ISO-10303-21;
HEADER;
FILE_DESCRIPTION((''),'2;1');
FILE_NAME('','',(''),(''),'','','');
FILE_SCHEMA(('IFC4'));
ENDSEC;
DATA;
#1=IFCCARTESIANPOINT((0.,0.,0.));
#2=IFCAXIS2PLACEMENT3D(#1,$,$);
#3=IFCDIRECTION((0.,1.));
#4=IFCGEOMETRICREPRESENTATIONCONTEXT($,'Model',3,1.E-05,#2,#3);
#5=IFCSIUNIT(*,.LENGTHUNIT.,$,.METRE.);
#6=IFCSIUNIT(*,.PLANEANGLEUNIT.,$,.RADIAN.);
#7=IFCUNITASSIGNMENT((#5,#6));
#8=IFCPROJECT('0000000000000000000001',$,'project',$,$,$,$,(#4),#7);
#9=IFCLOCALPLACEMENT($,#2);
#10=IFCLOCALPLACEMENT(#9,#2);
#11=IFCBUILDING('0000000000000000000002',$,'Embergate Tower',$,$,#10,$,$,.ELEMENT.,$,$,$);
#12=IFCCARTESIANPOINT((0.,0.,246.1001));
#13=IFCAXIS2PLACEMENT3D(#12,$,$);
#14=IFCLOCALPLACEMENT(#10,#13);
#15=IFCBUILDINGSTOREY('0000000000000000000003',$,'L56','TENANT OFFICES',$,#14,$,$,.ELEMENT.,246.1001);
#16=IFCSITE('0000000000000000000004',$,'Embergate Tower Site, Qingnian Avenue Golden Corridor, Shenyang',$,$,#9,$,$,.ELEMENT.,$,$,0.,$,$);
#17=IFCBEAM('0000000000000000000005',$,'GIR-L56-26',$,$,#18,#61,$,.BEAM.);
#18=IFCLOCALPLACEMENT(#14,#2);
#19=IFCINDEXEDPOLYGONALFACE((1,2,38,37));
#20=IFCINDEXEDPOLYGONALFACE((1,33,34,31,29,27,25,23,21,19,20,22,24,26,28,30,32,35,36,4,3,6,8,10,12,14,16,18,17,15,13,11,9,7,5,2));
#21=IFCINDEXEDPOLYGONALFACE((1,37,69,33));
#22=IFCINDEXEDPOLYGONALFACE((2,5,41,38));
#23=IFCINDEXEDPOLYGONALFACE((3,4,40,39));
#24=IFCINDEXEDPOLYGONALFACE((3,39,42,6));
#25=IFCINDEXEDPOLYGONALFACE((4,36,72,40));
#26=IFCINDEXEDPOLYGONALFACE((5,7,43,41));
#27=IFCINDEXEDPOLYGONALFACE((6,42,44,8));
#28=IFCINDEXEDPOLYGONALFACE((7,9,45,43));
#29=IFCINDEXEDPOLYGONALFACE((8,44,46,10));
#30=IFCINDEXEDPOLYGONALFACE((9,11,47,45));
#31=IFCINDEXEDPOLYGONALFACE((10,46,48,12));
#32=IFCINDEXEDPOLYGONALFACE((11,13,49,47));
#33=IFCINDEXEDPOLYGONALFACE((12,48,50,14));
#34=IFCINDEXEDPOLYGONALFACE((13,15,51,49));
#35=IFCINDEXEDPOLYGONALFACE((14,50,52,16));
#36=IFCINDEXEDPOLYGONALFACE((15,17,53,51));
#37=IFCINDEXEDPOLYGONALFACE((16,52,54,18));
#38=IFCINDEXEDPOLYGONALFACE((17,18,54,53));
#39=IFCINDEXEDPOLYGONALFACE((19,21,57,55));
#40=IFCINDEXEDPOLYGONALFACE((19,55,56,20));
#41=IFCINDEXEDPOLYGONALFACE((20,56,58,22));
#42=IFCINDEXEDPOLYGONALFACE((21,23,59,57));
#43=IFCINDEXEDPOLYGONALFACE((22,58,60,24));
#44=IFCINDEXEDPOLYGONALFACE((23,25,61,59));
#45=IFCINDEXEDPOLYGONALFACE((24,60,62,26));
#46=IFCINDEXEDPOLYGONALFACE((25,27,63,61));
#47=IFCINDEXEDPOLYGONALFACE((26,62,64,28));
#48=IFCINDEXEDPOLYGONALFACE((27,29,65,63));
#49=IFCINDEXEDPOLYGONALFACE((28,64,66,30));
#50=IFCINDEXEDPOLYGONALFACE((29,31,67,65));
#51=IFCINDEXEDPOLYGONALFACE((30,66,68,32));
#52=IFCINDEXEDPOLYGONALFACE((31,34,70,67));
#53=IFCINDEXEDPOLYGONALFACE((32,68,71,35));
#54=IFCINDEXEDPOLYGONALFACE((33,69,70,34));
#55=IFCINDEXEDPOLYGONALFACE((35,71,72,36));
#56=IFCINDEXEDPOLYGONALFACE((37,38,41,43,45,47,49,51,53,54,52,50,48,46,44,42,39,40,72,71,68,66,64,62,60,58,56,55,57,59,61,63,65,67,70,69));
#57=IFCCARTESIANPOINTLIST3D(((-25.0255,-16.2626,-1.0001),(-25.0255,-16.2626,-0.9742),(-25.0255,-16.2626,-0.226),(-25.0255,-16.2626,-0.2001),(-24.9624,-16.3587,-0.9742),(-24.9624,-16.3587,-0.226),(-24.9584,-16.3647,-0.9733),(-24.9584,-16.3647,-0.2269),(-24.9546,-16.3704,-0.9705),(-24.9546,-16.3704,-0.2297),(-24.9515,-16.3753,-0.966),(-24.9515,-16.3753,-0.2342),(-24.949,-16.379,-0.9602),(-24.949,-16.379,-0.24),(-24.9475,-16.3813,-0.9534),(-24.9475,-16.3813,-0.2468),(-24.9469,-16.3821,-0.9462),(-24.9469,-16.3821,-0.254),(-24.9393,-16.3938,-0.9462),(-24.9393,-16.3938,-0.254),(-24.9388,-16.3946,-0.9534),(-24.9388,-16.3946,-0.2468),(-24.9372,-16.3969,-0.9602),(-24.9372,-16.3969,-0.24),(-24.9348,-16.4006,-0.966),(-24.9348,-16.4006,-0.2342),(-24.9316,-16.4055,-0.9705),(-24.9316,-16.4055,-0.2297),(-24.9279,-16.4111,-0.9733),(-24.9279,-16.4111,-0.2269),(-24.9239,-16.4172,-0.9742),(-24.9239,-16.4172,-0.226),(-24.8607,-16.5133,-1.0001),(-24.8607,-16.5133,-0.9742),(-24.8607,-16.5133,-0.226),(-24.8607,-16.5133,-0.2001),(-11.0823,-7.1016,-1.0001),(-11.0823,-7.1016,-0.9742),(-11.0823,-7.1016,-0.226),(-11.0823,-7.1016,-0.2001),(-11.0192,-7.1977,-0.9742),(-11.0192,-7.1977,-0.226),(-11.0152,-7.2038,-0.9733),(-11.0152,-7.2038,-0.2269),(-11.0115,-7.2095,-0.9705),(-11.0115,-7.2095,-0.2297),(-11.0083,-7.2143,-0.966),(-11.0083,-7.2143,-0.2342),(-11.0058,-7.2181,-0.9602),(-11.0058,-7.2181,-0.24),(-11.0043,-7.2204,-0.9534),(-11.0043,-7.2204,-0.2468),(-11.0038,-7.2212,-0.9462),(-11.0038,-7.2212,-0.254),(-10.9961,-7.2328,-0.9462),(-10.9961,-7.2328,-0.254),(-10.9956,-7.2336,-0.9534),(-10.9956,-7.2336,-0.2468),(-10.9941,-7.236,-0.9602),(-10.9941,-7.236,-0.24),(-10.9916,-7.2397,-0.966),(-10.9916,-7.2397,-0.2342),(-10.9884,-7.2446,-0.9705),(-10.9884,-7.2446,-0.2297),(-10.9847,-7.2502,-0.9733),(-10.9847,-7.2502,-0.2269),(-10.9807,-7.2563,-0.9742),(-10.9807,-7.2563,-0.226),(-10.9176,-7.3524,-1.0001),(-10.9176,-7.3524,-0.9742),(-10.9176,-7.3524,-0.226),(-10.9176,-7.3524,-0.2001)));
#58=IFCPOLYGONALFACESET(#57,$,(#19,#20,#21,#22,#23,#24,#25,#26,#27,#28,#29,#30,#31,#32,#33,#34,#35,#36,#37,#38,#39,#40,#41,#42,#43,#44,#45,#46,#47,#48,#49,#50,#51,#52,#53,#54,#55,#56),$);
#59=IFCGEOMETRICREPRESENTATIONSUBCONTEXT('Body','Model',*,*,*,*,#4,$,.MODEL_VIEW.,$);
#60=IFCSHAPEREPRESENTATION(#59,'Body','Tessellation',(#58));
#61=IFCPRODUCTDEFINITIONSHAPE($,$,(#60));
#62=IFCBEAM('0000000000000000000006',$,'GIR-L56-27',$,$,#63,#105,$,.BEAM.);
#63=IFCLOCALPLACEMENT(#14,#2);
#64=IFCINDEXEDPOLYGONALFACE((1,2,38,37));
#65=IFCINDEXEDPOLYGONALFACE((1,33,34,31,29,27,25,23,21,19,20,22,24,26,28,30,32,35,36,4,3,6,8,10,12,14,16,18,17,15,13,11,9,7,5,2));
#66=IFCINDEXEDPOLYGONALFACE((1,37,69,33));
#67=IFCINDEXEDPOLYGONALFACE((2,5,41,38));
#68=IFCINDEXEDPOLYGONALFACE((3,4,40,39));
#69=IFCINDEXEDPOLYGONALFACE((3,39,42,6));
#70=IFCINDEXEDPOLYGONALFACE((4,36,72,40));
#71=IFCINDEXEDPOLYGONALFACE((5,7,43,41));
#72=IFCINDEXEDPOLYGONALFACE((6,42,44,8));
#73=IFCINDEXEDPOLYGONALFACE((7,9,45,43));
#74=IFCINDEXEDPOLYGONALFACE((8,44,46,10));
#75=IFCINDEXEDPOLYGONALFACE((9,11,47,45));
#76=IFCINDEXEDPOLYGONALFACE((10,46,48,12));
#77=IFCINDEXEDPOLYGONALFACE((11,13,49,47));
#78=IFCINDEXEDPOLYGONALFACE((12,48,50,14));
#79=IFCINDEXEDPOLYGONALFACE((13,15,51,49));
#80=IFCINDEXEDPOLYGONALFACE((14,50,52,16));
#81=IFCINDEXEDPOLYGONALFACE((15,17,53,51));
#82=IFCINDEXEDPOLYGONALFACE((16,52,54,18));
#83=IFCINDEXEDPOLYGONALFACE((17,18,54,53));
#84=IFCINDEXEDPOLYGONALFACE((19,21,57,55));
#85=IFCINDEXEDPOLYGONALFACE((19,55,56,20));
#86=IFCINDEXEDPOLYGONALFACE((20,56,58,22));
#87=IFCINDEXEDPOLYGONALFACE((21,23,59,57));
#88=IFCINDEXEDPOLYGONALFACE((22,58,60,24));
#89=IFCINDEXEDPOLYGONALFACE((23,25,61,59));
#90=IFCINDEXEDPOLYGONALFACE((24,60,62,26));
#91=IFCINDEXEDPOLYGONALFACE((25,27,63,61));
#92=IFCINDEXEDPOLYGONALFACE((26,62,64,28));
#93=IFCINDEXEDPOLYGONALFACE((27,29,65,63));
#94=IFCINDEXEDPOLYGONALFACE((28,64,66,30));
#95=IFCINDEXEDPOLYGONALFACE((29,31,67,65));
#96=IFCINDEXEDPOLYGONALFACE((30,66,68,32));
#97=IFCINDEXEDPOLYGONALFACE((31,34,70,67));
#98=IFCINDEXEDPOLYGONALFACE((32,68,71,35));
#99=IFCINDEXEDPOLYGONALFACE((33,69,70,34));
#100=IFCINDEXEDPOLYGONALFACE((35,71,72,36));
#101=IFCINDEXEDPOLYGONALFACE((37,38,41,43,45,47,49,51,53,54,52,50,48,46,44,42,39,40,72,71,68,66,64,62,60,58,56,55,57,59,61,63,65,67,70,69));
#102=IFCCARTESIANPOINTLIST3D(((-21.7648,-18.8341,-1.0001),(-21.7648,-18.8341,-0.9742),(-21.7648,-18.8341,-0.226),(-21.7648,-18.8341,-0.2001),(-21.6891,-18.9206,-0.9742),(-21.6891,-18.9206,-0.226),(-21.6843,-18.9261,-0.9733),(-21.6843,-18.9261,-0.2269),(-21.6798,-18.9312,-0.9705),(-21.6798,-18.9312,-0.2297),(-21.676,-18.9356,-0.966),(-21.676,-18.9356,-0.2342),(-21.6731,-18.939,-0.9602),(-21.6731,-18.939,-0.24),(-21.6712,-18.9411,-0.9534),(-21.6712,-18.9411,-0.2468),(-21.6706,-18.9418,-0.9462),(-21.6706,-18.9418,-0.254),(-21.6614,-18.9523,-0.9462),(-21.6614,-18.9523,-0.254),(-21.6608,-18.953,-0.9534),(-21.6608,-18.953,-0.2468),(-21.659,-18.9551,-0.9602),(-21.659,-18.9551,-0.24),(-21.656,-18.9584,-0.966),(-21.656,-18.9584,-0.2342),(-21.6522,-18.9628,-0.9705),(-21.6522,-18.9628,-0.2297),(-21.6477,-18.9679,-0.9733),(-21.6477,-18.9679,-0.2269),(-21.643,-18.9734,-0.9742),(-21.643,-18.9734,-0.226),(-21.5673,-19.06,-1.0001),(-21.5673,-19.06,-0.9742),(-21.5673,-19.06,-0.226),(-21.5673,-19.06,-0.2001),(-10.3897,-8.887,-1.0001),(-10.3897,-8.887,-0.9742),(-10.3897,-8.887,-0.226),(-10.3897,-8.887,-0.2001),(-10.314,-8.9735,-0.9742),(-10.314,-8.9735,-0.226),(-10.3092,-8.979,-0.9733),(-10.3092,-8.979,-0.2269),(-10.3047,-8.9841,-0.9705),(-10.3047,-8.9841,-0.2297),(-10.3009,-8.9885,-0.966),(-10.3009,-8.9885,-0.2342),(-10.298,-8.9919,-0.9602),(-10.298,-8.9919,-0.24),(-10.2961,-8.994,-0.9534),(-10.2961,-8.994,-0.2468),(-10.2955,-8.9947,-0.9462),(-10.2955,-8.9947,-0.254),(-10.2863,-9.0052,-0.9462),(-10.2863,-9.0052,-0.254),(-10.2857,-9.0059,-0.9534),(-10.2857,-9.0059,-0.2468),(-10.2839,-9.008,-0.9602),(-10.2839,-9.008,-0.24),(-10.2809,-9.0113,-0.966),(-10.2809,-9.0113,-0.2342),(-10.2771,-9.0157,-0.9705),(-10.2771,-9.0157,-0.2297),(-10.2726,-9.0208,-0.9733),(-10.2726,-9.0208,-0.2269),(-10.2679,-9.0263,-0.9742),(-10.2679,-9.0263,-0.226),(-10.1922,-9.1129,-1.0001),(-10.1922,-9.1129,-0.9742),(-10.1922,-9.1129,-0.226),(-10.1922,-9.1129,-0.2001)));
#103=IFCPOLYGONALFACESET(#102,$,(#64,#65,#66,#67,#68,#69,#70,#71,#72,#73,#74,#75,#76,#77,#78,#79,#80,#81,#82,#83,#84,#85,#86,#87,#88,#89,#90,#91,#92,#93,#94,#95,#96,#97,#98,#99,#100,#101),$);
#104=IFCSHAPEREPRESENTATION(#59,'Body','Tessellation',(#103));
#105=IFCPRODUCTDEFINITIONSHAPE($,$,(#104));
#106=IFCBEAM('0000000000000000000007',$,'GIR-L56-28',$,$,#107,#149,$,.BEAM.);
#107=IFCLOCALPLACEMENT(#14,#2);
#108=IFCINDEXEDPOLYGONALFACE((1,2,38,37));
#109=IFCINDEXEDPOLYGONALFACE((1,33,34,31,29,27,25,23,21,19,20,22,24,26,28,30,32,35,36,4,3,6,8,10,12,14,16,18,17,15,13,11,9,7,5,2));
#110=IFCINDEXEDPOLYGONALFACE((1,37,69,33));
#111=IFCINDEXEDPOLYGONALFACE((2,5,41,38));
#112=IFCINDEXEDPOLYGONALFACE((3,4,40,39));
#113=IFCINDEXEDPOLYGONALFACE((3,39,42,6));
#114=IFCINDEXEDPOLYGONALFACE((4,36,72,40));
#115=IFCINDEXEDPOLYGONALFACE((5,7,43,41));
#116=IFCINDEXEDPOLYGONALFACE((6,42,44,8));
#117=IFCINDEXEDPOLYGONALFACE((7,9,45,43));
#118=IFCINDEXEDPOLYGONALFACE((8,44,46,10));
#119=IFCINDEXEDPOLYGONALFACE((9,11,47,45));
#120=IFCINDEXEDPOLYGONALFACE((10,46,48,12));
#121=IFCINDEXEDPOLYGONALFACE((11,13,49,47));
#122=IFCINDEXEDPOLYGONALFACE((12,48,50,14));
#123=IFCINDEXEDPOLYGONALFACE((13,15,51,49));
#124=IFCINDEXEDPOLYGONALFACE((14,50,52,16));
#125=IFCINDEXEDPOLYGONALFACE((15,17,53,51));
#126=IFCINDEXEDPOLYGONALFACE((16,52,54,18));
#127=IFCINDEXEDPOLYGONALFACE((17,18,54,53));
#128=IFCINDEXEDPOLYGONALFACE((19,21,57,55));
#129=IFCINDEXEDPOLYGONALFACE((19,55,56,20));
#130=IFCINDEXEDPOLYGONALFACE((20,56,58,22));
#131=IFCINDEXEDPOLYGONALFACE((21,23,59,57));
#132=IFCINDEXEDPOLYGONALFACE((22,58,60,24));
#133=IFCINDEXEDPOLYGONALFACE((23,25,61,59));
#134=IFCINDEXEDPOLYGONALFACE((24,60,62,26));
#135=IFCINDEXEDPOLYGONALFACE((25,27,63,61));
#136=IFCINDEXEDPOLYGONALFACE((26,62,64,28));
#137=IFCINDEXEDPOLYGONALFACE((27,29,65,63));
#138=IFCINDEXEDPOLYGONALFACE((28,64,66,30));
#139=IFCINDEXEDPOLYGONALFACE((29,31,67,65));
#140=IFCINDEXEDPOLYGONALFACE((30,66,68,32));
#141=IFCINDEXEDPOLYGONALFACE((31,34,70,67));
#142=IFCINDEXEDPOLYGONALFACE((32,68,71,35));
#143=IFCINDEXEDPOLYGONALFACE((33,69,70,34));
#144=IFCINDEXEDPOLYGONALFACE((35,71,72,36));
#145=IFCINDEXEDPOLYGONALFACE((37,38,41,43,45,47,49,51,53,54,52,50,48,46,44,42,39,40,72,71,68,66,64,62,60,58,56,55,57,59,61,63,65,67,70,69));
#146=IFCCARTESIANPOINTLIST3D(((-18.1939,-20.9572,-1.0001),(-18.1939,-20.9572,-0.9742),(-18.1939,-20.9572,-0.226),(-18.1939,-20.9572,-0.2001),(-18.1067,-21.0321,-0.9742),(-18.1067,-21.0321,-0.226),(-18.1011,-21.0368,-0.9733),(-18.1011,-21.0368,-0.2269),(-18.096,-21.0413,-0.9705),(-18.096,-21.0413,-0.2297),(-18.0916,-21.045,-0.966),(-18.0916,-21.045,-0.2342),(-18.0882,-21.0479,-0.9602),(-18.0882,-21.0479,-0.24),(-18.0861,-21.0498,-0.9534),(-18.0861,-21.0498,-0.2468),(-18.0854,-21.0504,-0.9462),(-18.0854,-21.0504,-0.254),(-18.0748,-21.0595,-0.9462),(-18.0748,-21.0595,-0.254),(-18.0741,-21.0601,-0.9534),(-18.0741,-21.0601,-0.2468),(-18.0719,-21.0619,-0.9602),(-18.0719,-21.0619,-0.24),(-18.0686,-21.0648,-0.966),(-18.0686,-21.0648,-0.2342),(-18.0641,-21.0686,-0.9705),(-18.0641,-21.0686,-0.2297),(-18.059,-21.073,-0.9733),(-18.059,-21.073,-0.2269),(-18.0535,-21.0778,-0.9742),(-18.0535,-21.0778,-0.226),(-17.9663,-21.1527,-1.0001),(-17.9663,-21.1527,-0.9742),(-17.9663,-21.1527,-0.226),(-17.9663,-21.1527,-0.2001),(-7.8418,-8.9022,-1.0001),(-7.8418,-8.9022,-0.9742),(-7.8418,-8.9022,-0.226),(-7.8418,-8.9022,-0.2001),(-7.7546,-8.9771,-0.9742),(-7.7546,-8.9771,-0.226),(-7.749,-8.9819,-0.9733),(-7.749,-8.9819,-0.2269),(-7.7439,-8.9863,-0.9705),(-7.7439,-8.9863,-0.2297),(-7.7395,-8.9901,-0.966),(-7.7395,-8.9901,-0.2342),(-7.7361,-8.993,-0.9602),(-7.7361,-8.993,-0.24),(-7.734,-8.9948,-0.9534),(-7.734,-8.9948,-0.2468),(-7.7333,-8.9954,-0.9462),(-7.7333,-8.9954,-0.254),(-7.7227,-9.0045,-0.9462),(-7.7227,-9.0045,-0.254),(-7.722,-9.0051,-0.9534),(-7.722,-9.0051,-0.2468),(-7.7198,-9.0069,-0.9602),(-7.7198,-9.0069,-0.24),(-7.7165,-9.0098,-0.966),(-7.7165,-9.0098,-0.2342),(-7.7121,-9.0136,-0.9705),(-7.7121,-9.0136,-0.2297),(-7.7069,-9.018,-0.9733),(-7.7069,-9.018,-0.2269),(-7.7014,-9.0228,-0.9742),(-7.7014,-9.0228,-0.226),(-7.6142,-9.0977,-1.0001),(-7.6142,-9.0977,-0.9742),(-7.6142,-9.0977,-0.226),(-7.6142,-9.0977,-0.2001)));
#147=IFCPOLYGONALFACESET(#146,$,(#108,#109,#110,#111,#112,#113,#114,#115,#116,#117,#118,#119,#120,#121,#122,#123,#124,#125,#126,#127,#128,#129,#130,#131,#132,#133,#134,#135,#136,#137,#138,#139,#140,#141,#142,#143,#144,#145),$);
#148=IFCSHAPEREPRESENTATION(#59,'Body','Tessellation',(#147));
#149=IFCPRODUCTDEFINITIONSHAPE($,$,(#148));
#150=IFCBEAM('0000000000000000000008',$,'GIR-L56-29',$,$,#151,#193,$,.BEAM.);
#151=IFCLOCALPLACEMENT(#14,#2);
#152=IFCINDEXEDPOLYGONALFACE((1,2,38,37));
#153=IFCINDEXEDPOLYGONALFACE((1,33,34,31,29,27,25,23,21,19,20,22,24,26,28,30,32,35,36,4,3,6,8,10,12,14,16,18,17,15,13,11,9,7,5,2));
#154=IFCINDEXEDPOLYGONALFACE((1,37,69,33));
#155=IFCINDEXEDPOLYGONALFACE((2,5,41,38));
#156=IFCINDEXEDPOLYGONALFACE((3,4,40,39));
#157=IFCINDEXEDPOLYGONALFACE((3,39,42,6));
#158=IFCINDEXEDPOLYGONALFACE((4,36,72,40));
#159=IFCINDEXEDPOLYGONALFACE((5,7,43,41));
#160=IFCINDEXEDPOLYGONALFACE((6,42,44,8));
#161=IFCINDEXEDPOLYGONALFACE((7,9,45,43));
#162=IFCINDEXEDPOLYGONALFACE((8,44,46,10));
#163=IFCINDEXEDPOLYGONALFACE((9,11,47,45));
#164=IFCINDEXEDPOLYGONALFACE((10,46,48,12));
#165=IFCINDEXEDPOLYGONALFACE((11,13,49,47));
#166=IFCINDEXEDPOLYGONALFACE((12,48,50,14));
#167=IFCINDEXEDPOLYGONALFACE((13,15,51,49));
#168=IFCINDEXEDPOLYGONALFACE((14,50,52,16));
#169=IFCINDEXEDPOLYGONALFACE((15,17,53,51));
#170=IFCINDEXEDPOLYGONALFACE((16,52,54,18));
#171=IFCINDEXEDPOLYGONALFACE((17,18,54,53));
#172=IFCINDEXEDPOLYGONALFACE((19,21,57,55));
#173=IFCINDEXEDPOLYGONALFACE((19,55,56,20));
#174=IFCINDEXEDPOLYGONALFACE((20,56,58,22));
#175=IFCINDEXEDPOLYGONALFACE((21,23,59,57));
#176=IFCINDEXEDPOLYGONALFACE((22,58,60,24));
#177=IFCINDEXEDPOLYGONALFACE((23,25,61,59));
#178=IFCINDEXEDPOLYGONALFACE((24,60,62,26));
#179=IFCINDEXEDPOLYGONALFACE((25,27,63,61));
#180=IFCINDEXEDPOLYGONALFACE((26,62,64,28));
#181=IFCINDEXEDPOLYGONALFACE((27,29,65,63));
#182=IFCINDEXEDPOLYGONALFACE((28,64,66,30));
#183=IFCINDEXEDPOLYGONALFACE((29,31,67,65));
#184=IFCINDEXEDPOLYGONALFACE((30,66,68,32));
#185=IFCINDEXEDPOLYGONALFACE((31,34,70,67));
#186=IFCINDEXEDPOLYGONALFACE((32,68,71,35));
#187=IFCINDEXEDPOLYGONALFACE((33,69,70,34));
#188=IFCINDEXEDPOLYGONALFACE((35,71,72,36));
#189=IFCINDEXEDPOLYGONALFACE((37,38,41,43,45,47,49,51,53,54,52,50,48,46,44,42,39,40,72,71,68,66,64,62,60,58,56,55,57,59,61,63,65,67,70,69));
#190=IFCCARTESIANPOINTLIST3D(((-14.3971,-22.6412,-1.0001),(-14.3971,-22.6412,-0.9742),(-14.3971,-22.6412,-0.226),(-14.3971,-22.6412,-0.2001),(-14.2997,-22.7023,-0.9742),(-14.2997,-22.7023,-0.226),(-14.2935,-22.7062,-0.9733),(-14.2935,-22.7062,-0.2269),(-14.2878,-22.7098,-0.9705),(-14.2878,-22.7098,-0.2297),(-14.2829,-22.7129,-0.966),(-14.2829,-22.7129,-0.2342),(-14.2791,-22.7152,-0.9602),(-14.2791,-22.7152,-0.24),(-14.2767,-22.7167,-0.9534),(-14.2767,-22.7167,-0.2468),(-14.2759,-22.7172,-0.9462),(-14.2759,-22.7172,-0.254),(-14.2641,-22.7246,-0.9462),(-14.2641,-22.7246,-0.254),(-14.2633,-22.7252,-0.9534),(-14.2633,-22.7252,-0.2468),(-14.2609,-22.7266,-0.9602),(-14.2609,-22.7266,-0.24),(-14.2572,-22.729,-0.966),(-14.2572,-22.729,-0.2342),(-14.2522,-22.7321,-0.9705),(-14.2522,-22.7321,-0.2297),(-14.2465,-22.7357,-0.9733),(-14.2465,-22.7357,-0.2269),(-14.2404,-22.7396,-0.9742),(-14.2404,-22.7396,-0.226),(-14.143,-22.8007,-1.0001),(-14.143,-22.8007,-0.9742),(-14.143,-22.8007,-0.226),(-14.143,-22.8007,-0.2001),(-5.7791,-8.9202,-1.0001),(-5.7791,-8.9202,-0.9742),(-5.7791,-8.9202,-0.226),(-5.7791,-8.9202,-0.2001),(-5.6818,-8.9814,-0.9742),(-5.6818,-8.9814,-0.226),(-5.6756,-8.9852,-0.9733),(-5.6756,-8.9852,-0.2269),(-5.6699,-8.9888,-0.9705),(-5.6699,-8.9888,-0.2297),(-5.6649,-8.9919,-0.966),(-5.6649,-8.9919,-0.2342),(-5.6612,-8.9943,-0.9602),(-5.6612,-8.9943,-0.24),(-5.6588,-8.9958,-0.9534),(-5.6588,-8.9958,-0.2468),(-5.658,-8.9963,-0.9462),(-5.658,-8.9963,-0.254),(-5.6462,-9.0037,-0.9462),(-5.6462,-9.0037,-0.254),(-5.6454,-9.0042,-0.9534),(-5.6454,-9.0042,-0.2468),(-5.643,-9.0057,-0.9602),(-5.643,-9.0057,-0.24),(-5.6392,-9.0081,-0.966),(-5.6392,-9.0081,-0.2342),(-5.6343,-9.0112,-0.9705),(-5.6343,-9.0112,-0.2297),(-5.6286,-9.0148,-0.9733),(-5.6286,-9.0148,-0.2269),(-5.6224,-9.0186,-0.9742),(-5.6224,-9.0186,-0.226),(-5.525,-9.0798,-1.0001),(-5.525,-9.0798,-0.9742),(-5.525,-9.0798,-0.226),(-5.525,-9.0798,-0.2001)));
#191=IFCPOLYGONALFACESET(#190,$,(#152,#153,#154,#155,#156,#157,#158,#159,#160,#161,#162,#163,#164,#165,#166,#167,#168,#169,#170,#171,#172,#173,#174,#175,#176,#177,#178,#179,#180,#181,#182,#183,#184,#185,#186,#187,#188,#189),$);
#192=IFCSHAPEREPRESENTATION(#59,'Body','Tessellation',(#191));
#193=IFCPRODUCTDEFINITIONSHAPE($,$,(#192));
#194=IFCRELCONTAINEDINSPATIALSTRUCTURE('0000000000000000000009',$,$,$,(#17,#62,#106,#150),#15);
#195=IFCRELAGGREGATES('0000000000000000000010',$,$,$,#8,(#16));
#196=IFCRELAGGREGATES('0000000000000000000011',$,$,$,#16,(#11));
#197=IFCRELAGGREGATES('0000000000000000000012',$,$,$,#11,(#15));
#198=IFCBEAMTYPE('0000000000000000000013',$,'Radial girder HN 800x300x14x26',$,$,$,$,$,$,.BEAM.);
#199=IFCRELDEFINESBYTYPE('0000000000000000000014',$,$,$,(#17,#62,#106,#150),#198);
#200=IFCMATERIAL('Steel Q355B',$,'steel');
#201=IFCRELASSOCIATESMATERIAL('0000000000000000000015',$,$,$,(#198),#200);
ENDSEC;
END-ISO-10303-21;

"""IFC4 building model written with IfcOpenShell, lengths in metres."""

from ifc_helpers import new_model, si_unit, direction, frame, origin, origin_2d, place, context, subcontext, project, spatial, i_section, extrude, source, transform, mapped, material, material_profile, profile_set, type_object, element, save


model = new_model("IFC4")

# Units and contexts
model_context = context("Model", 3, precision=1e-05, world=origin(), true_north=direction((0.0, 1.0)))
body_context = subcontext(model_context, "Body", "Model", "MODEL_VIEW")
ifc_project = project(units=[si_unit("LENGTHUNIT", "METRE"), si_unit("PLANEANGLEUNIT", "RADIAN")], contexts=[model_context])

# Site, building, storey
site_placement = place(None, origin())
site = spatial("IfcSite", under=ifc_project, at=site_placement, Name="Embergate Tower Site, Qingnian Avenue Golden Corridor, Shenyang", CompositionType="ELEMENT", RefElevation=0.0)
building_placement = place(site_placement, origin())
building = spatial("IfcBuilding", under=site, at=building_placement, Name="Embergate Tower", CompositionType="ELEMENT")
storey_placement = place(building_placement, frame((0.0, 0.0, 246.1001)))
storey = spatial("IfcBuildingStorey", under=building, at=storey_placement, Name="L56", Description="TENANT OFFICES", CompositionType="ELEMENT", Elevation=246.1001)

# Beams
ifc_material_1 = material(Name="Steel Q355B", Category="steel")
ifc_material_profile_1 = material_profile(ifc_material_1, i_section(OverallWidth=0.3, OverallDepth=0.8, WebThickness=0.0139, FlangeThickness=0.0259, FilletRadius=0.0281, at=origin_2d()), Name="HN 800x300x14x26")
ifc_profile_set_1 = profile_set([ifc_material_profile_1], Name="Steel Q355 grade B")
beam_type_1 = type_object("IfcBeamType", Name="Radial girder HN 800x300x14x26", PredefinedType="BEAM", material=ifc_profile_set_1)
shared_shape_1 = source(origin(), body_context, "Body", "SweptSolid", [
    extrude(i_section(OverallWidth=0.3, OverallDepth=0.8, WebThickness=0.0139, FlangeThickness=0.0259, FilletRadius=0.0281, at=origin_2d()), origin(), (0.0, 0.0, 1.0), 16.6833),
])
beam_1_placement = place(storey_placement, frame((-24.9431, -16.3879, -0.6001), z_axis=(0.835753, 0.549105, 0.0), x_axis=(-0.549105, 0.835753, 0.0)))
element("IfcBeam", 1, at=beam_1_placement, inside=storey, type_object=beam_type_1, Name="GIR-L56-26", PredefinedType="BEAM", context=body_context, shape_type="MappedRepresentation", body=[
    mapped(shared_shape_1, transform((0.0, 0.0, 0.0))),
])
shared_shape_2 = source(origin(), body_context, "Body", "SweptSolid", [
    extrude(i_section(OverallWidth=0.3, OverallDepth=0.8, WebThickness=0.0139, FlangeThickness=0.0259, FilletRadius=0.0281, at=origin_2d()), origin(), (0.0, 0.0, 1.0), 15.1108),
])
beam_2_placement = place(storey_placement, frame((-21.666, -18.947, -0.6001), z_axis=(0.752777, 0.658276, 0.0), x_axis=(-0.658276, 0.752777, 0.0)))
element("IfcBeam", 2, at=beam_2_placement, inside=storey, type_object=beam_type_1, Name="GIR-L56-27", PredefinedType="BEAM", context=body_context, shape_type="MappedRepresentation", body=[
    mapped(shared_shape_2, transform((0.0, 0.0, 0.0))),
])
shared_shape_3 = source(origin(), body_context, "Body", "SweptSolid", [
    extrude(i_section(OverallWidth=0.3, OverallDepth=0.8, WebThickness=0.0139, FlangeThickness=0.0259, FilletRadius=0.0281, at=origin_2d()), origin(), (0.0, 0.0, 1.0), 15.8899),
])
beam_3_placement = place(storey_placement, frame((-18.0801, -21.0549, -0.6001), z_axis=(0.65149, 0.758658, 0.0), x_axis=(-0.758658, 0.65149, 0.0)))
element("IfcBeam", 3, at=beam_3_placement, inside=storey, type_object=beam_type_1, Name="GIR-L56-28", PredefinedType="BEAM", context=body_context, shape_type="MappedRepresentation", body=[
    mapped(shared_shape_3, transform((0.0, 0.0, 0.0))),
])
shared_shape_4 = source(origin(), body_context, "Body", "SweptSolid", [
    extrude(i_section(OverallWidth=0.3, OverallDepth=0.8, WebThickness=0.0139, FlangeThickness=0.0259, FilletRadius=0.0281, at=origin_2d()), origin(), (0.0, 0.0, 1.0), 16.2029),
])
beam_4_placement = place(storey_placement, frame((-14.27, -22.7209, -0.6001), z_axis=(0.531876, 0.846822, 0.0), x_axis=(-0.846822, 0.531876, 0.0)))
element("IfcBeam", 4, at=beam_4_placement, inside=storey, type_object=beam_type_1, Name="GIR-L56-29", PredefinedType="BEAM", context=body_context, shape_type="MappedRepresentation", body=[
    mapped(shared_shape_4, transform((0.0, 0.0, 0.0))),
])

save(model, "model.ifc")
